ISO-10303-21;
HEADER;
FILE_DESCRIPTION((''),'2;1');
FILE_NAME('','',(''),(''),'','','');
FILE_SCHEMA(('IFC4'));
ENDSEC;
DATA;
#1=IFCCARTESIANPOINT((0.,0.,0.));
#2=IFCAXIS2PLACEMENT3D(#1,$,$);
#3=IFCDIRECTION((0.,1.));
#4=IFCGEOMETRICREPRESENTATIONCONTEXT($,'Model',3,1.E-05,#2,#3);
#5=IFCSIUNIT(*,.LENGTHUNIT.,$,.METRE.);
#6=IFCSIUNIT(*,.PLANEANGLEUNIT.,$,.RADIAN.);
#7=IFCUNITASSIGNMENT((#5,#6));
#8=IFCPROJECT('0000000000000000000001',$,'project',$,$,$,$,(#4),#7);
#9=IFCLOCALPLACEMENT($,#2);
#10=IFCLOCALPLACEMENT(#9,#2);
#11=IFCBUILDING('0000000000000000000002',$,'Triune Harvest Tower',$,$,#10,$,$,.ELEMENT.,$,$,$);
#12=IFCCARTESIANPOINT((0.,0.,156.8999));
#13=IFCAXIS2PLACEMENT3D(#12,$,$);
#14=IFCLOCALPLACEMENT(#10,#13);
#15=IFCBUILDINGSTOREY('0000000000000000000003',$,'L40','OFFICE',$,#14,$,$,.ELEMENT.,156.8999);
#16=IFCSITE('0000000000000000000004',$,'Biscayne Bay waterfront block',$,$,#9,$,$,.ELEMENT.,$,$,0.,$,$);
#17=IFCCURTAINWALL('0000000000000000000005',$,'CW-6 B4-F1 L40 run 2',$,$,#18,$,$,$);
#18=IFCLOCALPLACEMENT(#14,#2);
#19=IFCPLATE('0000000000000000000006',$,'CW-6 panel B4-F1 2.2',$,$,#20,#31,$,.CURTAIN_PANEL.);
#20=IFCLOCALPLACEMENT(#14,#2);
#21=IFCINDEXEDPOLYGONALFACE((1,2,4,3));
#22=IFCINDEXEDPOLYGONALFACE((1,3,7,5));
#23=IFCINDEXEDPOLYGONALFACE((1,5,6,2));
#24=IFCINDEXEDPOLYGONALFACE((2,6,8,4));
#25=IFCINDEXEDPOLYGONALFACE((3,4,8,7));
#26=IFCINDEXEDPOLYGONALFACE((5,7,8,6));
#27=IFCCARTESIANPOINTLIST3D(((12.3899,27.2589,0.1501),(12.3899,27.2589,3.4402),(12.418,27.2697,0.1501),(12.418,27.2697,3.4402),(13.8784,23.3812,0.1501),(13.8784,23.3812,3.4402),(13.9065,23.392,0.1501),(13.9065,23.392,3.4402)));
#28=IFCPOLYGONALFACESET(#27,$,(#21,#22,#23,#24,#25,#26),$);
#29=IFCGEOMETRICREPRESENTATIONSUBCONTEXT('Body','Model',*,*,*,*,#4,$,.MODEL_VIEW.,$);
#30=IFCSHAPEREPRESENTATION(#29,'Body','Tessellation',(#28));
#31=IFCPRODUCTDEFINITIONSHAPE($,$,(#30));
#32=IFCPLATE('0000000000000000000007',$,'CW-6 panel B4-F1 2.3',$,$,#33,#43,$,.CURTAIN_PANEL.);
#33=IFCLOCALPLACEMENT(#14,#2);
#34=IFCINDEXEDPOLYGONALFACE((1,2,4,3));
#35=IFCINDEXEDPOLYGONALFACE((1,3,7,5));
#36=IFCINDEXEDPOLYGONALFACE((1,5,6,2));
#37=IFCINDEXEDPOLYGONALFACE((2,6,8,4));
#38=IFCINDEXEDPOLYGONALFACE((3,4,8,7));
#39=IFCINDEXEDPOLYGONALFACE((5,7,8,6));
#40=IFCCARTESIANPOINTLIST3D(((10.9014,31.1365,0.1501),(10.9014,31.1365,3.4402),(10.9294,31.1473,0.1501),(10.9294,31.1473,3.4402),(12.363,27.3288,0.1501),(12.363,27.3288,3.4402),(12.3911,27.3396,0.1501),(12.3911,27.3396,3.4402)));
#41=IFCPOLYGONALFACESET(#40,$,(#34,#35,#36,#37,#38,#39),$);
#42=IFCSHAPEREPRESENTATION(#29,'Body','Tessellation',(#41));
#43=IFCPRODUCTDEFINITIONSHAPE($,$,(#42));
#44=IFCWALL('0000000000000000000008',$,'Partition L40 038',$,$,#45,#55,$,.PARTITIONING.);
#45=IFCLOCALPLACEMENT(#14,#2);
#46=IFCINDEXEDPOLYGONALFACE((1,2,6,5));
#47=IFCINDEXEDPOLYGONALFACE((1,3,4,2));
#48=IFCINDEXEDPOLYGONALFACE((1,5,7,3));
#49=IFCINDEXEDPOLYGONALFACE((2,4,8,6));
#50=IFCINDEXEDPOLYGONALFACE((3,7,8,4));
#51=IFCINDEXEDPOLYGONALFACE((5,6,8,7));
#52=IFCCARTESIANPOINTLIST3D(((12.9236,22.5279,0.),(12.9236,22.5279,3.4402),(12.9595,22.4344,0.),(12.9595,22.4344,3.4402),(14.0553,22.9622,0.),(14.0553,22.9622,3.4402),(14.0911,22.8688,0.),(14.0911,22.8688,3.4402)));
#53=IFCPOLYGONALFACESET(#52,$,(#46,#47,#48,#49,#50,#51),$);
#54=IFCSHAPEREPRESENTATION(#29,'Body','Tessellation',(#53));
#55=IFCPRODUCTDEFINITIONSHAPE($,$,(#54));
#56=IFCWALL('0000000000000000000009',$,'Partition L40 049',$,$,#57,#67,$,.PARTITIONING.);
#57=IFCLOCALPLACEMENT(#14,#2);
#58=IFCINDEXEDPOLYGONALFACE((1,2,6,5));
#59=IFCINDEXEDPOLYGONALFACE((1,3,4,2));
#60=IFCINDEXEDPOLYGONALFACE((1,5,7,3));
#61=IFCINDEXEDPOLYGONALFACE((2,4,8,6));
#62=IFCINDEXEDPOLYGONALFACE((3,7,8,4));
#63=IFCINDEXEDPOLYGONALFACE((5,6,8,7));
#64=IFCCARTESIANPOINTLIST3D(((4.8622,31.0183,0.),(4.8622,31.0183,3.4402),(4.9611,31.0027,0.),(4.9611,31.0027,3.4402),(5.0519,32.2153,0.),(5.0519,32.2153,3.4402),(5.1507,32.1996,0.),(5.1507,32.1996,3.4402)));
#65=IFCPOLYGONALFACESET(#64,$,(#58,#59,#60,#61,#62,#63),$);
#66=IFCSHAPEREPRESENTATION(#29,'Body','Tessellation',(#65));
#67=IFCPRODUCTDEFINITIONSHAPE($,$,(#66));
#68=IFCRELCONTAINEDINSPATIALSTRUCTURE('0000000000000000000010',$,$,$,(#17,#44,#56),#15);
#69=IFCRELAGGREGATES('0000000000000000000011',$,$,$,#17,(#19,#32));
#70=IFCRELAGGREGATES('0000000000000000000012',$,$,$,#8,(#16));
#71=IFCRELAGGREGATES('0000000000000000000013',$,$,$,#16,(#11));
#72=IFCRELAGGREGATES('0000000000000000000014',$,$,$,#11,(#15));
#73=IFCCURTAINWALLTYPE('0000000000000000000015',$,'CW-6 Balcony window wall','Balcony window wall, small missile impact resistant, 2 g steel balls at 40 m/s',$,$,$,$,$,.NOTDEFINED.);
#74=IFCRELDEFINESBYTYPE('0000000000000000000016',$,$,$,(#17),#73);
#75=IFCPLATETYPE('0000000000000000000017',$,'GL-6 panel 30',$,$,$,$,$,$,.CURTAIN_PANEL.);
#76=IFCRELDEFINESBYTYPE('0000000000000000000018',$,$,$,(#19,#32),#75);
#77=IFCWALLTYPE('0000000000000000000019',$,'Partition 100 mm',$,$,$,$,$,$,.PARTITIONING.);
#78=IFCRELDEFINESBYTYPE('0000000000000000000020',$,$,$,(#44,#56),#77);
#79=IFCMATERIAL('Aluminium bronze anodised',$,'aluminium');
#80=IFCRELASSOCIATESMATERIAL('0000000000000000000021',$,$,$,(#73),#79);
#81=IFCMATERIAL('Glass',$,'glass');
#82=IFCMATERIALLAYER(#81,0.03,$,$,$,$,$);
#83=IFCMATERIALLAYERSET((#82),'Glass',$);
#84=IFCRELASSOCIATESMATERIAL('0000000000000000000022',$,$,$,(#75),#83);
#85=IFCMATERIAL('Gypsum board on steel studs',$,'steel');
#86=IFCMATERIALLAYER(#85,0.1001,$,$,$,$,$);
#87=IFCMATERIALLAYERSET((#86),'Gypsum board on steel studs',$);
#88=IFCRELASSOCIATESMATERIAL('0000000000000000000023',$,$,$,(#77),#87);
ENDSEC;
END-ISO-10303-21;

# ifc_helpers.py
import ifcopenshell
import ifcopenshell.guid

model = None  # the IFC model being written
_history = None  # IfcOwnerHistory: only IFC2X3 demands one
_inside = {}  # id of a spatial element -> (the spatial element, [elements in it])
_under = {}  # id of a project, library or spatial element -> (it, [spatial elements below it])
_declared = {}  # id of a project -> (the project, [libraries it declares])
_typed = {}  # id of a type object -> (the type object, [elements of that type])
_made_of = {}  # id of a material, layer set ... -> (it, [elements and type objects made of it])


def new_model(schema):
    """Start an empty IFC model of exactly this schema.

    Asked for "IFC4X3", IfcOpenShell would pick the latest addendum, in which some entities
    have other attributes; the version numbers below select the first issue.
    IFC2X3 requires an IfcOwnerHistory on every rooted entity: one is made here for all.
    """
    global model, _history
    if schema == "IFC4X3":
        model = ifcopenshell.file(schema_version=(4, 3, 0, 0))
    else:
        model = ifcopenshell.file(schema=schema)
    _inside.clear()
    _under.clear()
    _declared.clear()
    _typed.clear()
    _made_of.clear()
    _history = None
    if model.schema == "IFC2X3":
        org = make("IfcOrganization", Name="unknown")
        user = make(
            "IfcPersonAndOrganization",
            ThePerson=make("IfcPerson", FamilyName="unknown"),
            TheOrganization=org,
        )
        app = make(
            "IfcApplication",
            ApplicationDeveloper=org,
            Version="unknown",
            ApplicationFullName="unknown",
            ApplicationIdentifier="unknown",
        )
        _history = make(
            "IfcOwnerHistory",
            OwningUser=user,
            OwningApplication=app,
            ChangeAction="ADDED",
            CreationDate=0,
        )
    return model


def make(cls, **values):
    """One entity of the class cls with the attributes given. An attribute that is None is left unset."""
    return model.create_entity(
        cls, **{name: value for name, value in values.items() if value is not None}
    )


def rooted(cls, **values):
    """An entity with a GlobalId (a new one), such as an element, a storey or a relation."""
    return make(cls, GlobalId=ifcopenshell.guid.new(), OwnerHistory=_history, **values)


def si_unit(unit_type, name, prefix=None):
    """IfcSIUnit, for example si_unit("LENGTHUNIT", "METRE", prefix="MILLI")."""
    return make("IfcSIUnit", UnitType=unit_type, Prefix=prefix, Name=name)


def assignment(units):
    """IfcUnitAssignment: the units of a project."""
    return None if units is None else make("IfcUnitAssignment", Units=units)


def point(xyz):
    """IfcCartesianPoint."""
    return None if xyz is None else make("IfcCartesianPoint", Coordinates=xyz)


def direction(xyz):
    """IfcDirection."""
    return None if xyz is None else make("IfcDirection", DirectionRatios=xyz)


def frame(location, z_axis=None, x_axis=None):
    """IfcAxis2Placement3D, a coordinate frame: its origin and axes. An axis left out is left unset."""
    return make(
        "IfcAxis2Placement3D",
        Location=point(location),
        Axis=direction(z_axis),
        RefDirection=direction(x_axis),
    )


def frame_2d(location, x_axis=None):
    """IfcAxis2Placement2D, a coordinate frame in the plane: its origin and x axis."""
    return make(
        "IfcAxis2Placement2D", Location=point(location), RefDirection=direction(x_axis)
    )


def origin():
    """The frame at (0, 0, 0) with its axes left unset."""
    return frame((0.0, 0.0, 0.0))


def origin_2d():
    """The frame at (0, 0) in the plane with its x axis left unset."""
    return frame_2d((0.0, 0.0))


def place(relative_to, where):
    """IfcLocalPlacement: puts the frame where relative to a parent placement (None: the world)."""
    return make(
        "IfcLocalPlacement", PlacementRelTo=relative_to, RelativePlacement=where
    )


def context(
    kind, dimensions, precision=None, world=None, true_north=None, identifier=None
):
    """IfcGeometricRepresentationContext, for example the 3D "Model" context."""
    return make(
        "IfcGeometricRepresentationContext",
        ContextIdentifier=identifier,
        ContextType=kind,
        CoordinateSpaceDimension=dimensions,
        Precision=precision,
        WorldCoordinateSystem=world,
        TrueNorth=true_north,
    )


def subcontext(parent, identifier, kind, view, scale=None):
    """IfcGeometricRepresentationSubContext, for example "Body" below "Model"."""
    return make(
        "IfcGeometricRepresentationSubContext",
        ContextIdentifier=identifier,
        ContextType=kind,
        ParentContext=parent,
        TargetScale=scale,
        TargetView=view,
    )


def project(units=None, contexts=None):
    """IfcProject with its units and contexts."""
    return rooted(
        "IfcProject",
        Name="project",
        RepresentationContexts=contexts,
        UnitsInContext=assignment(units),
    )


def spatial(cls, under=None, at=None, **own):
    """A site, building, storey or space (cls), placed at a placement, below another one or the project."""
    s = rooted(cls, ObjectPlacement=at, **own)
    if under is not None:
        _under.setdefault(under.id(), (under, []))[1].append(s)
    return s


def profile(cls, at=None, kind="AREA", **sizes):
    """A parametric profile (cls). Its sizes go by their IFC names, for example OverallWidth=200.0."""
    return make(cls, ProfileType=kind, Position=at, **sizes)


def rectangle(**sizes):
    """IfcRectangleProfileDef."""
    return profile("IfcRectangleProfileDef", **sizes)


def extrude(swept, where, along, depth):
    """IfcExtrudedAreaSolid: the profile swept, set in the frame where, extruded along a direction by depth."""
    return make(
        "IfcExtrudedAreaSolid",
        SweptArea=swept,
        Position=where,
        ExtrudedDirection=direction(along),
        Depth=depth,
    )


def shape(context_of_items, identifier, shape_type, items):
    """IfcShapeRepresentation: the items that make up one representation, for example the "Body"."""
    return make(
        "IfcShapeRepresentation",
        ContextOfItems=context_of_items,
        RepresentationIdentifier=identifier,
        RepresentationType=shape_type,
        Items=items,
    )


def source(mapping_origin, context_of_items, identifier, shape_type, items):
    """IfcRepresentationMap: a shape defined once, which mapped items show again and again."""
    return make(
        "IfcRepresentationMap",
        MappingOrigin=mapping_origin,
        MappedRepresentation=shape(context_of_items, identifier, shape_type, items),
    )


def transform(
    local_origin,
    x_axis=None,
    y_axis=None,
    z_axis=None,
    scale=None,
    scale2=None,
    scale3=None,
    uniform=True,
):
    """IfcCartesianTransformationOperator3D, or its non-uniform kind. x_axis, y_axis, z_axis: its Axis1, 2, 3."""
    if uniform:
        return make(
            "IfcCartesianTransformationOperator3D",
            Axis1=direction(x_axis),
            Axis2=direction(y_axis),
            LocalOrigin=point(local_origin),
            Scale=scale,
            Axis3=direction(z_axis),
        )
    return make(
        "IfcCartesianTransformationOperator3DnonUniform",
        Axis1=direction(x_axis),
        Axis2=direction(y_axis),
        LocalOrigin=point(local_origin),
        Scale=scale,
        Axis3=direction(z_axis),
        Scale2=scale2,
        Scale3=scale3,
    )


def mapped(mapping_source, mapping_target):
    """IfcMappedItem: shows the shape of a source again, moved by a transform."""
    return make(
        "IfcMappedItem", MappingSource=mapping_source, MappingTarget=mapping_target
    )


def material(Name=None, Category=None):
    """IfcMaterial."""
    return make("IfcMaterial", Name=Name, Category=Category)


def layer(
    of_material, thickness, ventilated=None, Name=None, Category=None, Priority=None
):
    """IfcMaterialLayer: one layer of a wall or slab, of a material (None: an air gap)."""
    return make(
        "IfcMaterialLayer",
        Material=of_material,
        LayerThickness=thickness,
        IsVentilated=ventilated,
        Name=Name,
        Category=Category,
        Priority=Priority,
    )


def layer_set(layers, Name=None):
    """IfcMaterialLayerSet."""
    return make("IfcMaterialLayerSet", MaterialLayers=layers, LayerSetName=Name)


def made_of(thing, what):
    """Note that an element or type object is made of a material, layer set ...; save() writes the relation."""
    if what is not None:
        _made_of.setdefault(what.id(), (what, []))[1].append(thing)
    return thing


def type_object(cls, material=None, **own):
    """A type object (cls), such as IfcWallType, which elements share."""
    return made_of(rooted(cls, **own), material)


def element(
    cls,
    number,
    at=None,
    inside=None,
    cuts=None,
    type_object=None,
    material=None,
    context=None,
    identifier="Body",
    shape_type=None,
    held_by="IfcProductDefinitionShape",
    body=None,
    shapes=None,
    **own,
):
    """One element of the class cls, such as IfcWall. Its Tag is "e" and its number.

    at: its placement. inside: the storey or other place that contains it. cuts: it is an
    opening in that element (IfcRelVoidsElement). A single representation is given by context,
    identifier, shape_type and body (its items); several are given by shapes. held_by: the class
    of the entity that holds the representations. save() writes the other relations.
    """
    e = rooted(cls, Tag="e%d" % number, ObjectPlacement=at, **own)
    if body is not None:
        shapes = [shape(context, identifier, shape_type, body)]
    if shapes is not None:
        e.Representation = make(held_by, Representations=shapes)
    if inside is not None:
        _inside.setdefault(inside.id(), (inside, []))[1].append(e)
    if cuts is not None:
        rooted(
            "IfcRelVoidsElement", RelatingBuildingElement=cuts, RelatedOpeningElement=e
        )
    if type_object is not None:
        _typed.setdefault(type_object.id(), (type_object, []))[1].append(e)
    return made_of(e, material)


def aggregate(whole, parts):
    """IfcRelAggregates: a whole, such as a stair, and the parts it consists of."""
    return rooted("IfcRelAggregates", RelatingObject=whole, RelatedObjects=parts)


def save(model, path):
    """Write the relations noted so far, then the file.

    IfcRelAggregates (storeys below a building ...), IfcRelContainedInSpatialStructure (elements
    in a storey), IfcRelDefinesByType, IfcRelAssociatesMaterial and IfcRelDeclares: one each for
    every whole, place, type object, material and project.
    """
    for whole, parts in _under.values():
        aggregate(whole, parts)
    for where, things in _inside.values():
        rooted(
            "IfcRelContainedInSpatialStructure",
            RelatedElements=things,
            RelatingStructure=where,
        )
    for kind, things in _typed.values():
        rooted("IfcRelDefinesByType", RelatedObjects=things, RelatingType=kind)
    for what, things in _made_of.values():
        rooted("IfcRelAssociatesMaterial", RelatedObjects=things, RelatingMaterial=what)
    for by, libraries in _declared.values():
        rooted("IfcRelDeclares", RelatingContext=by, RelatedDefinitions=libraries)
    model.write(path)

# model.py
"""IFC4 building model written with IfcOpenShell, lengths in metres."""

from ifc_helpers import new_model, si_unit, direction, frame, frame_2d, origin, origin_2d, place, context, subcontext, project, spatial, rectangle, extrude, source, transform, mapped, material, layer, layer_set, type_object, element, aggregate, save


model = new_model("IFC4")

# Units and contexts
model_context = context("Model", 3, precision=1e-05, world=origin(), true_north=direction((0.0, 1.0)))
body_context = subcontext(model_context, "Body", "Model", "MODEL_VIEW")
ifc_project = project(units=[si_unit("LENGTHUNIT", "METRE"), si_unit("PLANEANGLEUNIT", "RADIAN")], contexts=[model_context])

# Site, building, storey
site_placement = place(None, origin())
site = spatial("IfcSite", under=ifc_project, at=site_placement, Name="Biscayne Bay waterfront block", CompositionType="ELEMENT", RefElevation=0.0)
building_placement = place(site_placement, origin())
building = spatial("IfcBuilding", under=site, at=building_placement, Name="Triune Harvest Tower", CompositionType="ELEMENT")
storey_placement = place(building_placement, frame((0.0, 0.0, 156.8999)))
storey = spatial("IfcBuildingStorey", under=building, at=storey_placement, Name="L40", Description="OFFICE", CompositionType="ELEMENT", Elevation=156.8999)

# Curtain wall
ifc_material_1 = material(Name="Aluminium bronze anodised", Category="aluminium")
curtain_wall_type_1 = type_object("IfcCurtainWallType", Name="CW-6 Balcony window wall", Description="Balcony window wall, small missile impact resistant, 2 g steel balls at 40 m/s", PredefinedType="NOTDEFINED", material=ifc_material_1)
curtain_wall_1_placement = place(storey_placement, origin())
curtain_wall_1 = element("IfcCurtainWall", 1, at=curtain_wall_1_placement, inside=storey, type_object=curtain_wall_type_1, Name="CW-6 B4-F1 L40 run 2")

# Plates
ifc_material_2 = material(Name="Glass", Category="glass")
ifc_layer_1 = layer(ifc_material_2, 0.03)
ifc_layer_set_1 = layer_set([ifc_layer_1], Name="Glass")
plate_type_1 = type_object("IfcPlateType", Name="GL-6 panel 30", PredefinedType="CURTAIN_PANEL", material=ifc_layer_set_1)
shared_shape_1 = source(origin(), body_context, "Body", "SweptSolid", [
    extrude(rectangle(XDim=4.1536, YDim=0.03, at=origin_2d()), origin(), (0.0, 0.0, 1.0), 3.29),
])
plate_1_placement = place(storey_placement, frame((13.1482, 25.3254, 0.1501), z_axis=(0.0, 0.0, 1.0), x_axis=(-0.358369, 0.93358, 0.0)))
plate_1 = element("IfcPlate", 2, at=plate_1_placement, type_object=plate_type_1, Name="CW-6 panel B4-F1 2.2", PredefinedType="CURTAIN_PANEL", context=body_context, shape_type="MappedRepresentation", body=[
    mapped(shared_shape_1, transform((0.0, 0.0, 0.0), scale=1.0)),
])
shared_shape_2 = source(origin(), body_context, "Body", "SweptSolid", [
    extrude(rectangle(XDim=4.0786, YDim=0.03, at=origin_2d()), origin(), (0.0, 0.0, 1.0), 3.29),
])
plate_2_placement = place(storey_placement, frame((11.6462, 29.238, 0.1501), z_axis=(0.0, 0.0, 1.0), x_axis=(-0.358369, 0.93358, 0.0)))
plate_2 = element("IfcPlate", 3, at=plate_2_placement, type_object=plate_type_1, Name="CW-6 panel B4-F1 2.3", PredefinedType="CURTAIN_PANEL", context=body_context, shape_type="MappedRepresentation", body=[
    mapped(shared_shape_2, transform((0.0, 0.0, 0.0), scale=1.0)),
])
aggregate(curtain_wall_1, [plate_1, plate_2])

# Walls
ifc_material_3 = material(Name="Gypsum board on steel studs", Category="steel")
ifc_layer_2 = layer(ifc_material_3, 0.1001)
ifc_layer_set_2 = layer_set([ifc_layer_2], Name="Gypsum board on steel studs")
wall_type = type_object("IfcWallType", Name="Partition 100 mm", PredefinedType="PARTITIONING", material=ifc_layer_set_2)
shared_shape_3 = source(origin(), body_context, "Body", "SweptSolid", [
    extrude(rectangle(XDim=1.2122, YDim=0.1001, at=frame_2d((0.606, 0.0))), origin(), (0.0, 0.0, 1.0), 3.4402),
])
wall_1_placement = place(storey_placement, frame((12.9417, 22.4812, 0.0), z_axis=(0.0, 0.0, 1.0), x_axis=(0.933595, 0.358331, 0.0)))
element("IfcWall", 4, at=wall_1_placement, inside=storey, type_object=wall_type, Name="Partition L40 038", PredefinedType="PARTITIONING", context=body_context, shape_type="MappedRepresentation", body=[
    mapped(shared_shape_3, transform((0.0, 0.0, 0.0), scale=1.0)),
])
shared_shape_4 = source(origin(), body_context, "Body", "SweptSolid", [
    extrude(rectangle(XDim=1.2119, YDim=0.1001, at=frame_2d((0.606, 0.0))), origin(), (0.0, 0.0, 1.0), 3.4402),
])
wall_2_placement = place(storey_placement, frame((4.9116, 31.0105, 0.0), z_axis=(0.0, 0.0, 1.0), x_axis=(0.156521, 0.987675, 0.0)))
element("IfcWall", 5, at=wall_2_placement, inside=storey, type_object=wall_type, Name="Partition L40 049", PredefinedType="PARTITIONING", context=body_context, shape_type="MappedRepresentation", body=[
    mapped(shared_shape_4, transform((0.0, 0.0, 0.0), scale=1.0)),
])

save(model, "model.ifc")
